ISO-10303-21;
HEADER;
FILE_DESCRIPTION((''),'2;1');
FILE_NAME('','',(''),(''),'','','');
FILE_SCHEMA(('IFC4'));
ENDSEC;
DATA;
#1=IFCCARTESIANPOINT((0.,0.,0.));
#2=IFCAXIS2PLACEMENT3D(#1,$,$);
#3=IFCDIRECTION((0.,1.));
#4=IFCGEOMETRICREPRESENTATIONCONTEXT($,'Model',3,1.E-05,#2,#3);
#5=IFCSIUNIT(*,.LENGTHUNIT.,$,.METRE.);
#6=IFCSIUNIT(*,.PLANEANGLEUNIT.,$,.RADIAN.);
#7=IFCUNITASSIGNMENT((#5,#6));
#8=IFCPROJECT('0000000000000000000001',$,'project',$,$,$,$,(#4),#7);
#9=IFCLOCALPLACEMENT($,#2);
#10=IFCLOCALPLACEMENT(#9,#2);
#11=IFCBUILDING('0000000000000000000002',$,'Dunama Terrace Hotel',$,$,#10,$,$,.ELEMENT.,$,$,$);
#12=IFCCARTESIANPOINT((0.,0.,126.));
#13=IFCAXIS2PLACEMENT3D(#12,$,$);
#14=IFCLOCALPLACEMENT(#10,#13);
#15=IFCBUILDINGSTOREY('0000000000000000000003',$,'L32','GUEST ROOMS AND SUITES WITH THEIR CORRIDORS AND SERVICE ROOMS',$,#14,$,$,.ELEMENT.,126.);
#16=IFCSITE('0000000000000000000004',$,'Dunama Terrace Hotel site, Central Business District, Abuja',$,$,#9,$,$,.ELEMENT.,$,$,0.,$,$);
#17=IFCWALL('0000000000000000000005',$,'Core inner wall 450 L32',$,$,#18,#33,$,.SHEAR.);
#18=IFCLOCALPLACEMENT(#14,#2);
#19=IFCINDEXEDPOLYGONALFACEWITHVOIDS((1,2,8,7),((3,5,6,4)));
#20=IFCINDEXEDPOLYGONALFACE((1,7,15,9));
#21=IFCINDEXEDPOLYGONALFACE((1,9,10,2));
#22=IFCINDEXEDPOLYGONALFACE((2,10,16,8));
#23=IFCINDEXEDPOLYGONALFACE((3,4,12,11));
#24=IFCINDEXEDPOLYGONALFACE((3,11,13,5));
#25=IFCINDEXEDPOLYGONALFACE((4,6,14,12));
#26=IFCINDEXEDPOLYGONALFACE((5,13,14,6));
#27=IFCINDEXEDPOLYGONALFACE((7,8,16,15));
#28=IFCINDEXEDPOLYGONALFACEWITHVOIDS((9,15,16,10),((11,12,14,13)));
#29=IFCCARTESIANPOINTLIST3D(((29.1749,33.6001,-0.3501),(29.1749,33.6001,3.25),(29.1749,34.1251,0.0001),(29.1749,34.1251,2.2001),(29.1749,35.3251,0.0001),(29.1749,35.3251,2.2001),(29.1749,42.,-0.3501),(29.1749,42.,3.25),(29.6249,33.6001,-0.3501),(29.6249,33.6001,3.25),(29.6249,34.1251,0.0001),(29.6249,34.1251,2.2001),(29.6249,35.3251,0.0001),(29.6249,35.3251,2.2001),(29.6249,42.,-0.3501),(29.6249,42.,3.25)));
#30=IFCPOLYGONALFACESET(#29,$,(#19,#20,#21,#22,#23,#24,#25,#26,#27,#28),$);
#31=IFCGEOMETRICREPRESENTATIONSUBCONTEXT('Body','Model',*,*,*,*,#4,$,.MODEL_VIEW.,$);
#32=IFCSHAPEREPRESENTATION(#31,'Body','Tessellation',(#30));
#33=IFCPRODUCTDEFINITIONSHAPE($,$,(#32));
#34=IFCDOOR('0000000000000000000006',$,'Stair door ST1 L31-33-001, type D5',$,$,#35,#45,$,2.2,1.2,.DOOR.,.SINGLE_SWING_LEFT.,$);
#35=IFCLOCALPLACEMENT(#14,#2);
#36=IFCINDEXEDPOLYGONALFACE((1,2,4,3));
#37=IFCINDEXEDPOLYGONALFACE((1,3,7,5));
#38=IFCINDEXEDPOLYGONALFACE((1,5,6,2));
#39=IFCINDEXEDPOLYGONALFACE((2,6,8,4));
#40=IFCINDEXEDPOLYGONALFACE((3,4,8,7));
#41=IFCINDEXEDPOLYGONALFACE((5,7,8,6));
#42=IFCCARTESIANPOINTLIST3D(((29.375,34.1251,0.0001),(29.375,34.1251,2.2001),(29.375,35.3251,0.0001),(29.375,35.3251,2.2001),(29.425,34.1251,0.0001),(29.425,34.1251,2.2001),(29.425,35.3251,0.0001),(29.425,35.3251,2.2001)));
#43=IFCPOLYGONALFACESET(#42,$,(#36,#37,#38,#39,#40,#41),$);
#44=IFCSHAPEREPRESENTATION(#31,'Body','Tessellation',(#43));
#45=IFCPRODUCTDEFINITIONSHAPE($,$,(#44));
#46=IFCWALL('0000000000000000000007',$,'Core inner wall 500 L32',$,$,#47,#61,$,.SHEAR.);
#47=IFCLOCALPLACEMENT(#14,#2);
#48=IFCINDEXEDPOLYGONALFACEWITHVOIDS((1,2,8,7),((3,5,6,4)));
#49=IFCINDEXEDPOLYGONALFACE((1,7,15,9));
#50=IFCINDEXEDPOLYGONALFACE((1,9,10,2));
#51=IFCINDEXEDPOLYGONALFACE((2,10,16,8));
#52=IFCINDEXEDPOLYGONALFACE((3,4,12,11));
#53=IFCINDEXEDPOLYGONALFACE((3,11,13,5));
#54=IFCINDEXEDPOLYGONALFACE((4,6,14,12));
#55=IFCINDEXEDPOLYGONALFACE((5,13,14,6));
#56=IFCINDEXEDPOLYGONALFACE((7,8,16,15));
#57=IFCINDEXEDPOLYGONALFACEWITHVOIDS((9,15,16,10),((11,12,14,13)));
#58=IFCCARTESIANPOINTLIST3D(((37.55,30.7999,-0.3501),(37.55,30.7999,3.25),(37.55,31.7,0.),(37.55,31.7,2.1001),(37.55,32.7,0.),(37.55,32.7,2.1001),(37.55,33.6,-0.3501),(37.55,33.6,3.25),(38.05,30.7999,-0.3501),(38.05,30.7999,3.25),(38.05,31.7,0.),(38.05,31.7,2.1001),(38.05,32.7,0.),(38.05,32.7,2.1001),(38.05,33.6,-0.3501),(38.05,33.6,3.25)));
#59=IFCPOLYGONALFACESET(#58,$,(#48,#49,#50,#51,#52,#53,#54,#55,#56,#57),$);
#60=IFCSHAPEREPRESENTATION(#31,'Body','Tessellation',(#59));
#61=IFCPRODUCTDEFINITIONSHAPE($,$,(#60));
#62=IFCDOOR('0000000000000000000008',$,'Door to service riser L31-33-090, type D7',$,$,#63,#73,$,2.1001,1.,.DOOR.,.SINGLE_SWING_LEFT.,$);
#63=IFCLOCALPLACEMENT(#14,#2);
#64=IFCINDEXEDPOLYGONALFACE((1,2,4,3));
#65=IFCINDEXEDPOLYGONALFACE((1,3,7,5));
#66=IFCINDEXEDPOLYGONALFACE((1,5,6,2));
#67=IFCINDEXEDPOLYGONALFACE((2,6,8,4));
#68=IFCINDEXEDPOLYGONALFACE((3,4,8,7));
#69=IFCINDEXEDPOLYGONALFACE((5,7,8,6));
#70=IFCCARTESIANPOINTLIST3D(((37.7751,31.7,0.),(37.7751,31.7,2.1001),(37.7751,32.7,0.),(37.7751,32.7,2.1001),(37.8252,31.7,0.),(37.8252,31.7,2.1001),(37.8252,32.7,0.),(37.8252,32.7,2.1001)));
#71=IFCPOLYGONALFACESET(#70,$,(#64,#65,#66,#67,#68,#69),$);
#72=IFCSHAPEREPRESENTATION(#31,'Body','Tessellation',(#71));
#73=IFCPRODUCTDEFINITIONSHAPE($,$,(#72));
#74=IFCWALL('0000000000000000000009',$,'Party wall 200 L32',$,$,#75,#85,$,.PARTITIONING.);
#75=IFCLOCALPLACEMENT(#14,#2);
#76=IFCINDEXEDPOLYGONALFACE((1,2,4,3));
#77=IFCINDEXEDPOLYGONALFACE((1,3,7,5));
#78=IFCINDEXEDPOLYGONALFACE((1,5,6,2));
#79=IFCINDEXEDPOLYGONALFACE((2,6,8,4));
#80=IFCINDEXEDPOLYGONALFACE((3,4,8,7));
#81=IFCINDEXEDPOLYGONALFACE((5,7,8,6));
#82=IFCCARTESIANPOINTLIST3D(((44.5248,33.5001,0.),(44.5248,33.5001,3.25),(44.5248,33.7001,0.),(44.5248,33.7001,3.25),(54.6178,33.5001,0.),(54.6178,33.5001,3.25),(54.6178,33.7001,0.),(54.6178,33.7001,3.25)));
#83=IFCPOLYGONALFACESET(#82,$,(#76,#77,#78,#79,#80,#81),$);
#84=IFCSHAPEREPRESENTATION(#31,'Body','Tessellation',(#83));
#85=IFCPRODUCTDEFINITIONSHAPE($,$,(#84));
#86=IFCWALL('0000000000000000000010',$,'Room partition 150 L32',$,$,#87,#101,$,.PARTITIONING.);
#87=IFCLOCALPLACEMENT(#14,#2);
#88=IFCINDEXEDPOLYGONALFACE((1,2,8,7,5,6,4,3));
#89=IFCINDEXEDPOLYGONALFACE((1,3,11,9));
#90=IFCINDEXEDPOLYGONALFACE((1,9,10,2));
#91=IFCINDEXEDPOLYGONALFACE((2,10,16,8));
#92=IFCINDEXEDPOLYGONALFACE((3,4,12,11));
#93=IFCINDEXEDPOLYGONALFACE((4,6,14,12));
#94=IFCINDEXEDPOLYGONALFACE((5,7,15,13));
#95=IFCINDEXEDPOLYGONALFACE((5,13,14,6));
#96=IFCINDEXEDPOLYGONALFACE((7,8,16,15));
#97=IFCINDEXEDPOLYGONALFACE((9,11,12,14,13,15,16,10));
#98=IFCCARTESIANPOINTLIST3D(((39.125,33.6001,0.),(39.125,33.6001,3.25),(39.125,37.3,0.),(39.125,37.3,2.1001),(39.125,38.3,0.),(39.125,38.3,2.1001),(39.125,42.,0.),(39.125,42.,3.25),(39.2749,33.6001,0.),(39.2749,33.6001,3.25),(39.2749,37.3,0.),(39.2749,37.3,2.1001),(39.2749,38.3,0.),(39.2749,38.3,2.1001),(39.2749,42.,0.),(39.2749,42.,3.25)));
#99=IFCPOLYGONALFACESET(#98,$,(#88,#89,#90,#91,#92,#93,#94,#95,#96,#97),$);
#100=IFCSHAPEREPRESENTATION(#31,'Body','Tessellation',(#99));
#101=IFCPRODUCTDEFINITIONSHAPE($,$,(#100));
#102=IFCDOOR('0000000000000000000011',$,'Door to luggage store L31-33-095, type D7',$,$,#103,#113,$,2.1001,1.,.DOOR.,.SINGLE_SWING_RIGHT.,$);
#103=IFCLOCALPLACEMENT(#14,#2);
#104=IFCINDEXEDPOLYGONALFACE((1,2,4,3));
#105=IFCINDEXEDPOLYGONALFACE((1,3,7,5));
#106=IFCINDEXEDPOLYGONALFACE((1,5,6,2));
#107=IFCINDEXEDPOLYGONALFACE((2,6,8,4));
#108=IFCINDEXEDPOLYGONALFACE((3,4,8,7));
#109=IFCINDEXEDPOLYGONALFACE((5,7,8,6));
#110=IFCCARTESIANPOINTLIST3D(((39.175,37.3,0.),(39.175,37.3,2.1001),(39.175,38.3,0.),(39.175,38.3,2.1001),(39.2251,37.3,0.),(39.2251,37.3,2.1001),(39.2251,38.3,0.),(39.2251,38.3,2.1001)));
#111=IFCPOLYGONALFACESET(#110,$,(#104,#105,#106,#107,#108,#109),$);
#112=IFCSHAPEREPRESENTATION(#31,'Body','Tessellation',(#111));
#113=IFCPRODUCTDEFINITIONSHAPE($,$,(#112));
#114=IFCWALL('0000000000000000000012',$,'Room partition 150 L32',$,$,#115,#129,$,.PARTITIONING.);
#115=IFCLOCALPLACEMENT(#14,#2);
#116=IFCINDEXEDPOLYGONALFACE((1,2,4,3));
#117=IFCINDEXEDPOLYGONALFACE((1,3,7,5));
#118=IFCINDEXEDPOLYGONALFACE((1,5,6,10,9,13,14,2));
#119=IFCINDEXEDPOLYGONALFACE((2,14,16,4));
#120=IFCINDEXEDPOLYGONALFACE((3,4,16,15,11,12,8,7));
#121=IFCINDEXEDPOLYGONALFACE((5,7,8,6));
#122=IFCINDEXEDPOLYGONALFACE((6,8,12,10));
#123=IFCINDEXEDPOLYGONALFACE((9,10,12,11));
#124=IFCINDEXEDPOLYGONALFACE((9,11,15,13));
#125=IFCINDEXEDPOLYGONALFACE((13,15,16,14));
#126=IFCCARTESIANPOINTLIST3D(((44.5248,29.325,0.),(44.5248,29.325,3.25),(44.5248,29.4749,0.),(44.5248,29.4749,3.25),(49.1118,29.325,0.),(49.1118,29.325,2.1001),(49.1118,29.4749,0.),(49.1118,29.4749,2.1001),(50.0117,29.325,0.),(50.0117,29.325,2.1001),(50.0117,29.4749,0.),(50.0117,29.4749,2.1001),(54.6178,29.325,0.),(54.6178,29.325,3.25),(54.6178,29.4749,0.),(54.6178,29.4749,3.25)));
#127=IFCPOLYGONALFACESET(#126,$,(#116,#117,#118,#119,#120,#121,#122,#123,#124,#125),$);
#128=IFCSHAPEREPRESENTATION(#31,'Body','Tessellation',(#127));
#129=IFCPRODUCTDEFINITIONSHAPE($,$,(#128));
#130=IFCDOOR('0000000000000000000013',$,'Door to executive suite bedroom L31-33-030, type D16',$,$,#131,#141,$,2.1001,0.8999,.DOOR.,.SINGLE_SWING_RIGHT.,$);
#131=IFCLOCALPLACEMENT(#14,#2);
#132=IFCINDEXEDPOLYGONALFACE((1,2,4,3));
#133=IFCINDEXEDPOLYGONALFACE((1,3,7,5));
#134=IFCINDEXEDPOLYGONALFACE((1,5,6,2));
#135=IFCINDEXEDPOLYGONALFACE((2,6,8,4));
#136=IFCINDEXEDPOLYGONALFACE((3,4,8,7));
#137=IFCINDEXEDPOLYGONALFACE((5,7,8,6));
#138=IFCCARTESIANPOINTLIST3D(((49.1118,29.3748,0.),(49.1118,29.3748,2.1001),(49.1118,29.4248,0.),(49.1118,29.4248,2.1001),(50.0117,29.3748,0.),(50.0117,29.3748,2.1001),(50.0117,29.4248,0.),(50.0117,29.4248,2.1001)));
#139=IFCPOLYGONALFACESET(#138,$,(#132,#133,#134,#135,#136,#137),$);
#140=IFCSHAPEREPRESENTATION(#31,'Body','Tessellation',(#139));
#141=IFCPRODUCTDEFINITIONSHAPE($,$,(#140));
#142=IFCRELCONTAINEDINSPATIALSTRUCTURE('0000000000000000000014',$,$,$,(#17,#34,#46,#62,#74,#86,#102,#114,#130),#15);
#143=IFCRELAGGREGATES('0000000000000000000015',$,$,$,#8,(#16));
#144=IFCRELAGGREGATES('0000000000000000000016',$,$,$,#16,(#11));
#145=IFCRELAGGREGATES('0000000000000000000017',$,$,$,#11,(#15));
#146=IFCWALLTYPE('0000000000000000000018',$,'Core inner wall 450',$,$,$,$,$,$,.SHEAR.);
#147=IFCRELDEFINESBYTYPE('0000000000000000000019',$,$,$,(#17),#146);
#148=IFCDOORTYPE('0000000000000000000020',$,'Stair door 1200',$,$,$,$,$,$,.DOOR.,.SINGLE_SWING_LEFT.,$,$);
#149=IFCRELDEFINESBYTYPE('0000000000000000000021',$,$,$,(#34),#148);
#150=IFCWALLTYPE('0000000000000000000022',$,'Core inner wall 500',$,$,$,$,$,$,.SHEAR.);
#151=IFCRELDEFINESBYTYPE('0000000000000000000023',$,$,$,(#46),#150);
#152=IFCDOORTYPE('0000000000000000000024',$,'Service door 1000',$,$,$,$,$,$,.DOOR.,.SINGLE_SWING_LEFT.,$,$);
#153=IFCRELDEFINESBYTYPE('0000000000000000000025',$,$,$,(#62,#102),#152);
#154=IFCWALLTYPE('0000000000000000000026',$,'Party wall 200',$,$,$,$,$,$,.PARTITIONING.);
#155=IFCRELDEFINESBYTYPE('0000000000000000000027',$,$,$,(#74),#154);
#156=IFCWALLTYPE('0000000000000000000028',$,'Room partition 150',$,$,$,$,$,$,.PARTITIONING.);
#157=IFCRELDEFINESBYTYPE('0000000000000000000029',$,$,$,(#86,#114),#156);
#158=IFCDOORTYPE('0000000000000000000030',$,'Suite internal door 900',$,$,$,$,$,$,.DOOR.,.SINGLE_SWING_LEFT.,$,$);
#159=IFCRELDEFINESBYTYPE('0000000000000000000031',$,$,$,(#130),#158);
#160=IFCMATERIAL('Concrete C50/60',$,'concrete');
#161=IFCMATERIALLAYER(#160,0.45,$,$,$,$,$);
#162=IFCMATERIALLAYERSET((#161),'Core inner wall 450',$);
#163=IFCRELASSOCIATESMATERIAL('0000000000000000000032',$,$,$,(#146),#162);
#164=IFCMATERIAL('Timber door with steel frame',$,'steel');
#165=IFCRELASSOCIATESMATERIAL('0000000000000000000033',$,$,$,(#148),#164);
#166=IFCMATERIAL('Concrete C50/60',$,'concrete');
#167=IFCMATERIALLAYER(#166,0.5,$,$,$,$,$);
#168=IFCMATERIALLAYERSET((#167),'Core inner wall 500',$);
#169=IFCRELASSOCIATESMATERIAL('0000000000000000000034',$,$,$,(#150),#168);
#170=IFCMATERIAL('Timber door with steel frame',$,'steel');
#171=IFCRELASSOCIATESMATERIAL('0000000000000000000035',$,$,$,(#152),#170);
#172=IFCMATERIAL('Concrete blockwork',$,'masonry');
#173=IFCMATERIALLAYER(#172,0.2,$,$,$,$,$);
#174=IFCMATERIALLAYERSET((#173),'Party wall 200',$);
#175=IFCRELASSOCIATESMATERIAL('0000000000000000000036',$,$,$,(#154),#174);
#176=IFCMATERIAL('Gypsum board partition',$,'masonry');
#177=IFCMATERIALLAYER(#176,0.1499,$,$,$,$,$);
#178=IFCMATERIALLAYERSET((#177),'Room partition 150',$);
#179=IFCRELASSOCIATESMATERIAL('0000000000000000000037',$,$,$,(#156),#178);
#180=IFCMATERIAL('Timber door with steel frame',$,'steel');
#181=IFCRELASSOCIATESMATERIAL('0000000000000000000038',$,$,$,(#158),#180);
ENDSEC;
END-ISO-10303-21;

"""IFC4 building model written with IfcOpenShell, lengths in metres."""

from ifc_helpers import new_model, si_unit, direction, frame, frame_2d, origin, place, context, subcontext, project, spatial, rectangle, extrude, material, layer, layer_set, type_object, element, fill, save


model = new_model("IFC4")

# Units and contexts
model_context = context("Model", 3, precision=1e-05, world=origin(), true_north=direction((0.0, 1.0)))
body_context = subcontext(model_context, "Body", "Model", "MODEL_VIEW")
ifc_project = project(units=[si_unit("LENGTHUNIT", "METRE"), si_unit("PLANEANGLEUNIT", "RADIAN")], contexts=[model_context])

# Site, building, storey
site_placement = place(None, origin())
site = spatial("IfcSite", under=ifc_project, at=site_placement, Name="Dunama Terrace Hotel site, Central Business District, Abuja", CompositionType="ELEMENT", RefElevation=0.0)
building_placement = place(site_placement, origin())
building = spatial("IfcBuilding", under=site, at=building_placement, Name="Dunama Terrace Hotel", CompositionType="ELEMENT")
storey_placement = place(building_placement, frame((0.0, 0.0, 126.0)))
storey = spatial("IfcBuildingStorey", under=building, at=storey_placement, Name="L32", Description="GUEST ROOMS AND SUITES WITH THEIR CORRIDORS AND SERVICE ROOMS", CompositionType="ELEMENT", Elevation=126.0)

# Walls, openings, doors
ifc_material_1 = material(Name="Concrete C50/60", Category="concrete")
ifc_layer_1 = layer(ifc_material_1, 0.45)
ifc_layer_set_1 = layer_set([ifc_layer_1], Name="Core inner wall 450")
wall_type_1 = type_object("IfcWallType", Name="Core inner wall 450", PredefinedType="SHEAR", material=ifc_layer_set_1)
wall_1_placement = place(storey_placement, frame((29.3999, 33.6001, -0.3501), z_axis=(0.0, 0.0, 1.0), x_axis=(0.0, 1.0, 0.0)))
wall_1 = element("IfcWall", 1, at=wall_1_placement, inside=storey, type_object=wall_type_1, Name="Core inner wall 450 L32", PredefinedType="SHEAR", context=body_context, shape_type="SweptSolid", body=[
    extrude(rectangle(XDim=8.3999, YDim=0.45, at=frame_2d((4.2, 0.0))), origin(), (0.0, 0.0, 1.0), 3.6001),
])
opening_1_placement = place(wall_1_placement, frame((0.5249, 0.0, 0.3501)))
opening_1 = element("IfcOpeningElement", 2, at=opening_1_placement, cuts=wall_1, PredefinedType="OPENING", context=body_context, shape_type="SweptSolid", body=[
    extrude(rectangle(XDim=1.2, YDim=2.2, at=frame_2d((0.6001, 1.1001))), frame((0.0, 0.2349, 0.0), z_axis=(0.0, -1.0, 0.0), x_axis=(1.0, 0.0, 0.0)), (0.0, 0.0, 1.0), 0.47),
])
ifc_material_2 = material(Name="Timber door with steel frame", Category="steel")
door_type_1 = type_object("IfcDoorType", Name="Stair door 1200", OperationType="SINGLE_SWING_LEFT", PredefinedType="DOOR", material=ifc_material_2)
door_1_placement = place(opening_1_placement, origin())
door_1 = element("IfcDoor", 3, at=door_1_placement, inside=storey, type_object=door_type_1, Name="Stair door ST1 L31-33-001, type D5", OperationType="SINGLE_SWING_LEFT", OverallHeight=2.2, OverallWidth=1.2, PredefinedType="DOOR", context=body_context, shape_type="SweptSolid", body=[
    extrude(rectangle(XDim=1.2, YDim=2.2, at=frame_2d((0.6001, 1.1001))), frame((0.0, 0.0249, 0.0), z_axis=(0.0, -1.0, 0.0), x_axis=(1.0, 0.0, 0.0)), (0.0, 0.0, 1.0), 0.05),
])
fill(opening_1, door_1)
ifc_material_3 = material(Name="Concrete C50/60", Category="concrete")
ifc_layer_2 = layer(ifc_material_3, 0.5)
ifc_layer_set_2 = layer_set([ifc_layer_2], Name="Core inner wall 500")
wall_type_2 = type_object("IfcWallType", Name="Core inner wall 500", PredefinedType="SHEAR", material=ifc_layer_set_2)
wall_2_placement = place(storey_placement, frame((37.8, 30.8, -0.3501), z_axis=(0.0, 0.0, 1.0), x_axis=(0.0, 1.0, 0.0)))
wall_2 = element("IfcWall", 4, at=wall_2_placement, inside=storey, type_object=wall_type_2, Name="Core inner wall 500 L32", PredefinedType="SHEAR", context=body_context, shape_type="SweptSolid", body=[
    extrude(rectangle(XDim=2.8, YDim=0.5, at=frame_2d((1.3999, 0.0))), origin(), (0.0, 0.0, 1.0), 3.6001),
])
opening_2_placement = place(wall_2_placement, frame((0.8999, 0.0, 0.3501)))
opening_2 = element("IfcOpeningElement", 5, at=opening_2_placement, cuts=wall_2, PredefinedType="OPENING", context=body_context, shape_type="SweptSolid", body=[
    extrude(rectangle(XDim=1.0, YDim=2.1001, at=frame_2d((0.5, 1.05))), frame((0.0, 0.26, 0.0), z_axis=(0.0, -1.0, 0.0), x_axis=(1.0, 0.0, 0.0)), (0.0, 0.0, 1.0), 0.52),
])
ifc_material_4 = material(Name="Timber door with steel frame", Category="steel")
door_type_2 = type_object("IfcDoorType", Name="Service door 1000", OperationType="SINGLE_SWING_LEFT", PredefinedType="DOOR", material=ifc_material_4)
door_2_placement = place(opening_2_placement, frame((1.0, 0.0, 0.0), z_axis=(0.0, 0.0, 1.0), x_axis=(-1.0, 0.0, 0.0)))
door_2 = element("IfcDoor", 6, at=door_2_placement, inside=storey, type_object=door_type_2, Name="Door to service riser L31-33-090, type D7", OperationType="SINGLE_SWING_LEFT", OverallHeight=2.1001, OverallWidth=1.0, PredefinedType="DOOR", context=body_context, shape_type="SweptSolid", body=[
    extrude(rectangle(XDim=1.0, YDim=2.1001, at=frame_2d((0.5, 1.05))), frame((0.0, 0.0251, 0.0), z_axis=(0.0, -1.0, 0.0), x_axis=(1.0, 0.0, 0.0)), (0.0, 0.0, 1.0), 0.05),
])
fill(opening_2, door_2)

# Wall
ifc_material_5 = material(Name="Concrete blockwork", Category="masonry")
ifc_layer_3 = layer(ifc_material_5, 0.2)
ifc_layer_set_3 = layer_set([ifc_layer_3], Name="Party wall 200")
wall_type_3 = type_object("IfcWallType", Name="Party wall 200", PredefinedType="PARTITIONING", material=ifc_layer_set_3)
wall_3_placement = place(storey_placement, frame((44.5249, 33.6001, 0.0), z_axis=(0.0, 0.0, 1.0), x_axis=(1.0, 0.0, 0.0)))
element("IfcWall", 7, at=wall_3_placement, inside=storey, type_object=wall_type_3, Name="Party wall 200 L32", PredefinedType="PARTITIONING", context=body_context, shape_type="SweptSolid", body=[
    extrude(rectangle(XDim=10.093, YDim=0.2, at=frame_2d((5.0464, 0.0))), origin(), (0.0, 0.0, 1.0), 3.25),
])

# Walls, openings, doors
ifc_material_6 = material(Name="Gypsum board partition", Category="masonry")
ifc_layer_4 = layer(ifc_material_6, 0.1499)
ifc_layer_set_4 = layer_set([ifc_layer_4], Name="Room partition 150")
wall_type_4 = type_object("IfcWallType", Name="Room partition 150", PredefinedType="PARTITIONING", material=ifc_layer_set_4)
wall_4_placement = place(storey_placement, frame((39.2, 33.6001, 0.0), z_axis=(0.0, 0.0, 1.0), x_axis=(0.0, 1.0, 0.0)))
wall_4 = element("IfcWall", 8, at=wall_4_placement, inside=storey, type_object=wall_type_4, Name="Room partition 150 L32", PredefinedType="PARTITIONING", context=body_context, shape_type="SweptSolid", body=[
    extrude(rectangle(XDim=8.3999, YDim=0.1499, at=frame_2d((4.2, 0.0))), origin(), (0.0, 0.0, 1.0), 3.25),
])
opening_3_placement = place(wall_4_placement, frame((3.7, 0.0, 0.0)))
opening_3 = element("IfcOpeningElement", 9, at=opening_3_placement, cuts=wall_4, PredefinedType="OPENING", context=body_context, shape_type="SweptSolid", body=[
    extrude(rectangle(XDim=1.0, YDim=2.1001, at=frame_2d((0.5, 1.05))), frame((0.0, 0.085, 0.0), z_axis=(0.0, -1.0, 0.0), x_axis=(1.0, 0.0, 0.0)), (0.0, 0.0, 1.0), 0.1699),
])
door_3_placement = place(opening_3_placement, frame((1.0, 0.0, 0.0), z_axis=(0.0, 0.0, 1.0), x_axis=(-1.0, 0.0, 0.0)))
door_3 = element("IfcDoor", 10, at=door_3_placement, inside=storey, type_object=door_type_2, Name="Door to luggage store L31-33-095, type D7", OperationType="SINGLE_SWING_RIGHT", OverallHeight=2.1001, OverallWidth=1.0, PredefinedType="DOOR", context=body_context, shape_type="SweptSolid", body=[
    extrude(rectangle(XDim=1.0, YDim=2.1001, at=frame_2d((0.5, 1.05))), frame((0.0, 0.0251, 0.0), z_axis=(0.0, -1.0, 0.0), x_axis=(1.0, 0.0, 0.0)), (0.0, 0.0, 1.0), 0.05),
])
fill(opening_3, door_3)
wall_5_placement = place(storey_placement, frame((44.5249, 29.3999, 0.0), z_axis=(0.0, 0.0, 1.0), x_axis=(1.0, 0.0, 0.0)))
wall_5 = element("IfcWall", 11, at=wall_5_placement, inside=storey, type_object=wall_type_4, Name="Room partition 150 L32", PredefinedType="PARTITIONING", context=body_context, shape_type="SweptSolid", body=[
    extrude(rectangle(XDim=10.093, YDim=0.1499, at=frame_2d((5.0464, 0.0))), origin(), (0.0, 0.0, 1.0), 3.25),
])
opening_4_placement = place(wall_5_placement, frame((4.5869, 0.0, 0.0)))
opening_4 = element("IfcOpeningElement", 12, at=opening_4_placement, cuts=wall_5, PredefinedType="OPENING", context=body_context, shape_type="SweptSolid", body=[
    extrude(rectangle(XDim=0.8999, YDim=2.1001, at=frame_2d((0.45, 1.05))), frame((0.0, 0.085, 0.0), z_axis=(0.0, -1.0, 0.0), x_axis=(1.0, 0.0, 0.0)), (0.0, 0.0, 1.0), 0.1699),
])
ifc_material_7 = material(Name="Timber door with steel frame", Category="steel")
door_type_3 = type_object("IfcDoorType", Name="Suite internal door 900", OperationType="SINGLE_SWING_LEFT", PredefinedType="DOOR", material=ifc_material_7)
door_4_placement = place(opening_4_placement, frame((0.8999, 0.0, 0.0), z_axis=(0.0, 0.0, 1.0), x_axis=(-1.0, 0.0, 0.0)))
door_4 = element("IfcDoor", 13, at=door_4_placement, inside=storey, type_object=door_type_3, Name="Door to executive suite bedroom L31-33-030, type D16", OperationType="SINGLE_SWING_RIGHT", OverallHeight=2.1001, OverallWidth=0.8999, PredefinedType="DOOR", context=body_context, shape_type="SweptSolid", body=[
    extrude(rectangle(XDim=0.8999, YDim=2.1001, at=frame_2d((0.45, 1.05))), frame((0.0, 0.0251, 0.0), z_axis=(0.0, -1.0, 0.0), x_axis=(1.0, 0.0, 0.0)), (0.0, 0.0, 1.0), 0.05),
])
fill(opening_4, door_4)

save(model, "model.ifc")
